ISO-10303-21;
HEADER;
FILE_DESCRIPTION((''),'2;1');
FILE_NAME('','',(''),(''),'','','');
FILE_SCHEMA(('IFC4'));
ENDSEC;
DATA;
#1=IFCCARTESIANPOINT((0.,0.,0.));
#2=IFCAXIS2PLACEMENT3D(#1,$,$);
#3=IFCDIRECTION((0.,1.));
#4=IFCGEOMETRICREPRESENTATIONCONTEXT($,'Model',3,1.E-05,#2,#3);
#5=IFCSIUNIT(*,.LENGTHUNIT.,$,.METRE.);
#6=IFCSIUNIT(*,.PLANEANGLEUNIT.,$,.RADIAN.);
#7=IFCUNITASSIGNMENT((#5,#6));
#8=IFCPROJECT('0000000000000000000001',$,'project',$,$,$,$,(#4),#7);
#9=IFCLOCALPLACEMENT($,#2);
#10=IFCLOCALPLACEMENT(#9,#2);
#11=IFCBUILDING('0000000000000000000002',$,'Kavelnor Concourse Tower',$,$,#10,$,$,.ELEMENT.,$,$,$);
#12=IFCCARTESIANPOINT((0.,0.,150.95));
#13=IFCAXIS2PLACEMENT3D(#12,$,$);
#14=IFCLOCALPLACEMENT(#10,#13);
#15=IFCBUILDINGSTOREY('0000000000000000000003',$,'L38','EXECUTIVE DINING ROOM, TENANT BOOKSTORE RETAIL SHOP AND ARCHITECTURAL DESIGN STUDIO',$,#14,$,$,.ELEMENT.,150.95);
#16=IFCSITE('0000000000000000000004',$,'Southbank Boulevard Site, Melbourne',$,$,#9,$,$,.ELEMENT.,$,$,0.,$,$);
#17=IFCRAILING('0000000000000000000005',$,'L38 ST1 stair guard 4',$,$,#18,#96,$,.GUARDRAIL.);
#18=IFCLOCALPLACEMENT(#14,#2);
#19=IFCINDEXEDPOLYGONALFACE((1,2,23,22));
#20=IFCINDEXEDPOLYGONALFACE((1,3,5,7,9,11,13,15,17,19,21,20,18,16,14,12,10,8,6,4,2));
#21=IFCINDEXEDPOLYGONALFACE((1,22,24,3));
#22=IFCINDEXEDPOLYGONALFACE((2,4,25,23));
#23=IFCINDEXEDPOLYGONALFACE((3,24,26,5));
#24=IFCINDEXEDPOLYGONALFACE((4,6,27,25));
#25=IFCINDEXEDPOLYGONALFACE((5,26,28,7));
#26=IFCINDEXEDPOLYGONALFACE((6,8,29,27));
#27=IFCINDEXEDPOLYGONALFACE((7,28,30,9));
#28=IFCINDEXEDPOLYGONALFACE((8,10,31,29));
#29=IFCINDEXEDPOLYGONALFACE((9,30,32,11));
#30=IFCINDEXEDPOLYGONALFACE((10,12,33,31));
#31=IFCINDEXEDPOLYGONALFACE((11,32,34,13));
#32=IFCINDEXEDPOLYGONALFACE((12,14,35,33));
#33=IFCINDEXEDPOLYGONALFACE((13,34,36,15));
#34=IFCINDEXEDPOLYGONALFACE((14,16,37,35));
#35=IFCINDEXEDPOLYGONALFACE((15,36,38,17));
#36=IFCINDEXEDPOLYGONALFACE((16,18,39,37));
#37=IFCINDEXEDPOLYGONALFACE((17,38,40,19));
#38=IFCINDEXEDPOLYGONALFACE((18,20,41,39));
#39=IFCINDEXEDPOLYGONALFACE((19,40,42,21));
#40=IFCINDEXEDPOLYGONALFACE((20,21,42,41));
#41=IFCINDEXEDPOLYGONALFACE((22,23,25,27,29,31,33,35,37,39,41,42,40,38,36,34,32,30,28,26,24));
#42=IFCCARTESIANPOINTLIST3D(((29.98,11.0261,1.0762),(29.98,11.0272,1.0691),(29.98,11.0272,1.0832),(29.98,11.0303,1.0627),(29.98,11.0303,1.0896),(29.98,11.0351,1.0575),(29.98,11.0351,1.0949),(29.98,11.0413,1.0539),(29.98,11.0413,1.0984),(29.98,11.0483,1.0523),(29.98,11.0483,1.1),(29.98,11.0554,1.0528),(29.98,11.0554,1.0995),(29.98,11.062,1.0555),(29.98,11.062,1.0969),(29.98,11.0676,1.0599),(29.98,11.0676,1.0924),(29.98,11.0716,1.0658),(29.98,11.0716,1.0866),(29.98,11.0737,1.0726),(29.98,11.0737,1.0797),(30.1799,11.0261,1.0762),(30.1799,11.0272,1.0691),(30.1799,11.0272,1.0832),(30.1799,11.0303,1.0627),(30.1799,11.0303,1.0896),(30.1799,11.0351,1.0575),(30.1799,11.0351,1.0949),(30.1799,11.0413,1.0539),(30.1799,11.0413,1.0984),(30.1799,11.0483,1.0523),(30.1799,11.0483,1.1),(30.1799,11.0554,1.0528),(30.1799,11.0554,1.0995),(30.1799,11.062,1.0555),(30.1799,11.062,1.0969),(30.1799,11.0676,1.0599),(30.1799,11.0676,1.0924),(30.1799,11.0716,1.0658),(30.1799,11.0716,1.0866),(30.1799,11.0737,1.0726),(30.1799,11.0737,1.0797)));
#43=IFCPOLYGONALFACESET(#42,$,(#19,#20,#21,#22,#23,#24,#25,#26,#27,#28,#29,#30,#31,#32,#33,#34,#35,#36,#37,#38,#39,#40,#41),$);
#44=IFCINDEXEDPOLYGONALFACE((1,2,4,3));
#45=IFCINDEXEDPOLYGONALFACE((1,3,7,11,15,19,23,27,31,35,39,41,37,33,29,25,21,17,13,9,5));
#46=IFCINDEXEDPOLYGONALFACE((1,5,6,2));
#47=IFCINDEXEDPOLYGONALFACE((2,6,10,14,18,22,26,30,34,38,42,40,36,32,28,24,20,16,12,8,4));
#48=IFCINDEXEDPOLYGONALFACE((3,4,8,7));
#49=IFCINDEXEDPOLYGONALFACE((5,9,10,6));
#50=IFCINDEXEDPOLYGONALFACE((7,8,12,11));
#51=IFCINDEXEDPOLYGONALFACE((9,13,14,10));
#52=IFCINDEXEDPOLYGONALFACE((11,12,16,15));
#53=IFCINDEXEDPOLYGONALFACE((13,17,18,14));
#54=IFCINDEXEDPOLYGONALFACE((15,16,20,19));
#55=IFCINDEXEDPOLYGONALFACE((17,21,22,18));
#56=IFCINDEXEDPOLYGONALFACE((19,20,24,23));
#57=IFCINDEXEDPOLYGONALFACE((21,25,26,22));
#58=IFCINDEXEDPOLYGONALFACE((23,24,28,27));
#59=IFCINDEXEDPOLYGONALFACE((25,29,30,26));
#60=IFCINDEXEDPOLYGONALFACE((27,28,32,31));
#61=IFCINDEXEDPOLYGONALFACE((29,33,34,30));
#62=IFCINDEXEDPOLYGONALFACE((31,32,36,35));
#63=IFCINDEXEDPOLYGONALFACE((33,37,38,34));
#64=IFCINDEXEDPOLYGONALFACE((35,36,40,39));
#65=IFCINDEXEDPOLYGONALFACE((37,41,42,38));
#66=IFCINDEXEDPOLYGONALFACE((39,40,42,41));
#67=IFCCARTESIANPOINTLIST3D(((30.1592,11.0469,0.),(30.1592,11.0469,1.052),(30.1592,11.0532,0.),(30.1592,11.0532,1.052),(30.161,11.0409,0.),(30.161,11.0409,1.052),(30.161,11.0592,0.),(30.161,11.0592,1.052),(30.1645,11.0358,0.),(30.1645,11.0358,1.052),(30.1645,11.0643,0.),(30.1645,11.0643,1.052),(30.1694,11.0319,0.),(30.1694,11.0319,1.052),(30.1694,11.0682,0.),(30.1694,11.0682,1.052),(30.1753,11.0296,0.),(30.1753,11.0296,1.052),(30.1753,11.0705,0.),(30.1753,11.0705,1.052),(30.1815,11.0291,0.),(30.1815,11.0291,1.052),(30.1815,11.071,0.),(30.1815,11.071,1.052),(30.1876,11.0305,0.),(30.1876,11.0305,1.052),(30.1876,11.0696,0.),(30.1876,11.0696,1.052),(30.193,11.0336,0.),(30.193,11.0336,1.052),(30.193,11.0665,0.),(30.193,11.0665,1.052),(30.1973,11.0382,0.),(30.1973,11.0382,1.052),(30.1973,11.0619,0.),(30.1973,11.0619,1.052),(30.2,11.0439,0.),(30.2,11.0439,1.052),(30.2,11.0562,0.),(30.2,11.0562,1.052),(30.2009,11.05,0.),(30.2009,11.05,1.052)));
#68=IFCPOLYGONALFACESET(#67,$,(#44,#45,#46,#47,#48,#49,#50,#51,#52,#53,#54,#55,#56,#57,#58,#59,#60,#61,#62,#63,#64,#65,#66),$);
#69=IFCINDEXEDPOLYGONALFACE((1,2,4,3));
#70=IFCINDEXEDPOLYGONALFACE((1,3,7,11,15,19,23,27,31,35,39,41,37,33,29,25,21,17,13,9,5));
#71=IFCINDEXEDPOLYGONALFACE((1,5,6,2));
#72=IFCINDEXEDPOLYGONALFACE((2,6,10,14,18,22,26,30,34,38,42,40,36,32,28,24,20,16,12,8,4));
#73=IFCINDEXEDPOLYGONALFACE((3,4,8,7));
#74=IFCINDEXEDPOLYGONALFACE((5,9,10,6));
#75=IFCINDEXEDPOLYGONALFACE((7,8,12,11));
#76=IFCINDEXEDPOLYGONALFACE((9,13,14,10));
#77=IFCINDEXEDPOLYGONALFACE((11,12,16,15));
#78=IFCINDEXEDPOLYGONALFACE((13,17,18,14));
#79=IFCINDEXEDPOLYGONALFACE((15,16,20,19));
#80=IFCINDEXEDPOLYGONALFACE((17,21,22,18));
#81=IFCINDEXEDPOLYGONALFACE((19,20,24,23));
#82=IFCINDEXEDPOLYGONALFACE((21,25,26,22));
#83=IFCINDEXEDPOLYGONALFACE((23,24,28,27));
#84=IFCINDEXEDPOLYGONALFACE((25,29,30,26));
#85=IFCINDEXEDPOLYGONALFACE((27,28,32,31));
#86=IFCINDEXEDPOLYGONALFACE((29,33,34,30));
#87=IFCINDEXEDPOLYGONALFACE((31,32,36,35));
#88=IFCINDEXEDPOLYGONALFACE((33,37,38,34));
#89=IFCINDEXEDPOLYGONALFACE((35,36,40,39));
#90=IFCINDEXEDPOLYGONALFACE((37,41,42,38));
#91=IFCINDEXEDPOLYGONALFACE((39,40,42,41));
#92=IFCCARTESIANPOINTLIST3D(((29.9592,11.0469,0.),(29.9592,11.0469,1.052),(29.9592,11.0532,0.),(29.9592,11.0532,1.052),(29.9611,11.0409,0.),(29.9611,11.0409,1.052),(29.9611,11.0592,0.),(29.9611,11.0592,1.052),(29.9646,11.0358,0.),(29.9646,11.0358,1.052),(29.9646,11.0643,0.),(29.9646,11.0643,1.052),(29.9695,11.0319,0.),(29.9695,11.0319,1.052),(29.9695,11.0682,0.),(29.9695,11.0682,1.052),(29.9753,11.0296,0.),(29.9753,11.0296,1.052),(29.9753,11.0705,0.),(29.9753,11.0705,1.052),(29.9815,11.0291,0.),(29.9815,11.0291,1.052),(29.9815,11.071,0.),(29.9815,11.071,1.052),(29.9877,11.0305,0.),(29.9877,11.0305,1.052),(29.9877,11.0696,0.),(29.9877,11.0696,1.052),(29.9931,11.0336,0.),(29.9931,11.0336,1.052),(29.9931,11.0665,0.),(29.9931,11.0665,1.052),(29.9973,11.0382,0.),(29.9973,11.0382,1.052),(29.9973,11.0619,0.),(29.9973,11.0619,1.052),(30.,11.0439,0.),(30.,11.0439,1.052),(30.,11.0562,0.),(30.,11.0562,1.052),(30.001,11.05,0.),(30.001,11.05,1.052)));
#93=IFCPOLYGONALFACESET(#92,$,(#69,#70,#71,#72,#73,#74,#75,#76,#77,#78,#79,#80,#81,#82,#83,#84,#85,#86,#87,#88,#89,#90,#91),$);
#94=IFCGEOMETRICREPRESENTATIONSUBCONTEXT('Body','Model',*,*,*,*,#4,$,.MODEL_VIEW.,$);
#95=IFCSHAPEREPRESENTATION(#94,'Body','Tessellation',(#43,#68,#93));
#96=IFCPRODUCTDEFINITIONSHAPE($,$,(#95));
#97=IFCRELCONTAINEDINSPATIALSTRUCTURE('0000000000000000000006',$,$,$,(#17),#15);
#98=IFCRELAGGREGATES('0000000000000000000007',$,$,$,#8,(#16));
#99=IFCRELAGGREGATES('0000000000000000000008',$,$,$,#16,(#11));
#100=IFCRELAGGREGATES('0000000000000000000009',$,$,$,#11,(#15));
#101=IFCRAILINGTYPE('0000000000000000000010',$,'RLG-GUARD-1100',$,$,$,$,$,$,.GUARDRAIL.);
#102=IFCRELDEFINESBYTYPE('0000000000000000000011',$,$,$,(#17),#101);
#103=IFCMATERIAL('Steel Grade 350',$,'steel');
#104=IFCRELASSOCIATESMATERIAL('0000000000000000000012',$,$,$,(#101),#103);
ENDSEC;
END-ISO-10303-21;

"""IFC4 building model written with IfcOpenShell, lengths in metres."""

from ifc_helpers import new_model, si_unit, direction, frame, origin, origin_2d, place, context, subcontext, project, spatial, circle, extrude, material, type_object, element, save


model = new_model("IFC4")

# Units and contexts
model_context = context("Model", 3, precision=1e-05, world=origin(), true_north=direction((0.0, 1.0)))
body_context = subcontext(model_context, "Body", "Model", "MODEL_VIEW")
ifc_project = project(units=[si_unit("LENGTHUNIT", "METRE"), si_unit("PLANEANGLEUNIT", "RADIAN")], contexts=[model_context])

# Site, building, storey
site_placement = place(None, origin())
site = spatial("IfcSite", under=ifc_project, at=site_placement, Name="Southbank Boulevard Site, Melbourne", CompositionType="ELEMENT", RefElevation=0.0)
building_placement = place(site_placement, origin())
building = spatial("IfcBuilding", under=site, at=building_placement, Name="Kavelnor Concourse Tower", CompositionType="ELEMENT")
storey_placement = place(building_placement, frame((0.0, 0.0, 150.95)))
storey = spatial("IfcBuildingStorey", under=building, at=storey_placement, Name="L38", Description="EXECUTIVE DINING ROOM, TENANT BOOKSTORE RETAIL SHOP AND ARCHITECTURAL DESIGN STUDIO", CompositionType="ELEMENT", Elevation=150.95)

# Shared definitions
ifc_material_1 = material(Name="Steel Grade 350", Category="steel")

# Railing
railing_type_1 = type_object("IfcRailingType", Name="RLG-GUARD-1100", PredefinedType="GUARDRAIL", material=ifc_material_1)
railing_1_placement = place(storey_placement, frame((30.1799, 11.05, 0.0)))
element("IfcRailing", 1, at=railing_1_placement, inside=storey, type_object=railing_type_1, Name="L38 ST1 stair guard 4", PredefinedType="GUARDRAIL", context=body_context, shape_type="SweptSolid", body=[
    extrude(circle(Radius=0.0239, at=origin_2d()), frame((0.0, 0.0, 1.0762), z_axis=(-1.0, 0.0, 0.0), x_axis=(0.0, -1.0, 0.0)), (0.0, 0.0, 1.0), 0.2),
    extrude(circle(Radius=0.021, at=origin_2d()), origin(), (0.0, 0.0, 1.0), 1.052),
    extrude(circle(Radius=0.021, at=origin_2d()), frame((-0.2, 0.0, 0.0)), (0.0, 0.0, 1.0), 1.052),
])

save(model, "model.ifc")
